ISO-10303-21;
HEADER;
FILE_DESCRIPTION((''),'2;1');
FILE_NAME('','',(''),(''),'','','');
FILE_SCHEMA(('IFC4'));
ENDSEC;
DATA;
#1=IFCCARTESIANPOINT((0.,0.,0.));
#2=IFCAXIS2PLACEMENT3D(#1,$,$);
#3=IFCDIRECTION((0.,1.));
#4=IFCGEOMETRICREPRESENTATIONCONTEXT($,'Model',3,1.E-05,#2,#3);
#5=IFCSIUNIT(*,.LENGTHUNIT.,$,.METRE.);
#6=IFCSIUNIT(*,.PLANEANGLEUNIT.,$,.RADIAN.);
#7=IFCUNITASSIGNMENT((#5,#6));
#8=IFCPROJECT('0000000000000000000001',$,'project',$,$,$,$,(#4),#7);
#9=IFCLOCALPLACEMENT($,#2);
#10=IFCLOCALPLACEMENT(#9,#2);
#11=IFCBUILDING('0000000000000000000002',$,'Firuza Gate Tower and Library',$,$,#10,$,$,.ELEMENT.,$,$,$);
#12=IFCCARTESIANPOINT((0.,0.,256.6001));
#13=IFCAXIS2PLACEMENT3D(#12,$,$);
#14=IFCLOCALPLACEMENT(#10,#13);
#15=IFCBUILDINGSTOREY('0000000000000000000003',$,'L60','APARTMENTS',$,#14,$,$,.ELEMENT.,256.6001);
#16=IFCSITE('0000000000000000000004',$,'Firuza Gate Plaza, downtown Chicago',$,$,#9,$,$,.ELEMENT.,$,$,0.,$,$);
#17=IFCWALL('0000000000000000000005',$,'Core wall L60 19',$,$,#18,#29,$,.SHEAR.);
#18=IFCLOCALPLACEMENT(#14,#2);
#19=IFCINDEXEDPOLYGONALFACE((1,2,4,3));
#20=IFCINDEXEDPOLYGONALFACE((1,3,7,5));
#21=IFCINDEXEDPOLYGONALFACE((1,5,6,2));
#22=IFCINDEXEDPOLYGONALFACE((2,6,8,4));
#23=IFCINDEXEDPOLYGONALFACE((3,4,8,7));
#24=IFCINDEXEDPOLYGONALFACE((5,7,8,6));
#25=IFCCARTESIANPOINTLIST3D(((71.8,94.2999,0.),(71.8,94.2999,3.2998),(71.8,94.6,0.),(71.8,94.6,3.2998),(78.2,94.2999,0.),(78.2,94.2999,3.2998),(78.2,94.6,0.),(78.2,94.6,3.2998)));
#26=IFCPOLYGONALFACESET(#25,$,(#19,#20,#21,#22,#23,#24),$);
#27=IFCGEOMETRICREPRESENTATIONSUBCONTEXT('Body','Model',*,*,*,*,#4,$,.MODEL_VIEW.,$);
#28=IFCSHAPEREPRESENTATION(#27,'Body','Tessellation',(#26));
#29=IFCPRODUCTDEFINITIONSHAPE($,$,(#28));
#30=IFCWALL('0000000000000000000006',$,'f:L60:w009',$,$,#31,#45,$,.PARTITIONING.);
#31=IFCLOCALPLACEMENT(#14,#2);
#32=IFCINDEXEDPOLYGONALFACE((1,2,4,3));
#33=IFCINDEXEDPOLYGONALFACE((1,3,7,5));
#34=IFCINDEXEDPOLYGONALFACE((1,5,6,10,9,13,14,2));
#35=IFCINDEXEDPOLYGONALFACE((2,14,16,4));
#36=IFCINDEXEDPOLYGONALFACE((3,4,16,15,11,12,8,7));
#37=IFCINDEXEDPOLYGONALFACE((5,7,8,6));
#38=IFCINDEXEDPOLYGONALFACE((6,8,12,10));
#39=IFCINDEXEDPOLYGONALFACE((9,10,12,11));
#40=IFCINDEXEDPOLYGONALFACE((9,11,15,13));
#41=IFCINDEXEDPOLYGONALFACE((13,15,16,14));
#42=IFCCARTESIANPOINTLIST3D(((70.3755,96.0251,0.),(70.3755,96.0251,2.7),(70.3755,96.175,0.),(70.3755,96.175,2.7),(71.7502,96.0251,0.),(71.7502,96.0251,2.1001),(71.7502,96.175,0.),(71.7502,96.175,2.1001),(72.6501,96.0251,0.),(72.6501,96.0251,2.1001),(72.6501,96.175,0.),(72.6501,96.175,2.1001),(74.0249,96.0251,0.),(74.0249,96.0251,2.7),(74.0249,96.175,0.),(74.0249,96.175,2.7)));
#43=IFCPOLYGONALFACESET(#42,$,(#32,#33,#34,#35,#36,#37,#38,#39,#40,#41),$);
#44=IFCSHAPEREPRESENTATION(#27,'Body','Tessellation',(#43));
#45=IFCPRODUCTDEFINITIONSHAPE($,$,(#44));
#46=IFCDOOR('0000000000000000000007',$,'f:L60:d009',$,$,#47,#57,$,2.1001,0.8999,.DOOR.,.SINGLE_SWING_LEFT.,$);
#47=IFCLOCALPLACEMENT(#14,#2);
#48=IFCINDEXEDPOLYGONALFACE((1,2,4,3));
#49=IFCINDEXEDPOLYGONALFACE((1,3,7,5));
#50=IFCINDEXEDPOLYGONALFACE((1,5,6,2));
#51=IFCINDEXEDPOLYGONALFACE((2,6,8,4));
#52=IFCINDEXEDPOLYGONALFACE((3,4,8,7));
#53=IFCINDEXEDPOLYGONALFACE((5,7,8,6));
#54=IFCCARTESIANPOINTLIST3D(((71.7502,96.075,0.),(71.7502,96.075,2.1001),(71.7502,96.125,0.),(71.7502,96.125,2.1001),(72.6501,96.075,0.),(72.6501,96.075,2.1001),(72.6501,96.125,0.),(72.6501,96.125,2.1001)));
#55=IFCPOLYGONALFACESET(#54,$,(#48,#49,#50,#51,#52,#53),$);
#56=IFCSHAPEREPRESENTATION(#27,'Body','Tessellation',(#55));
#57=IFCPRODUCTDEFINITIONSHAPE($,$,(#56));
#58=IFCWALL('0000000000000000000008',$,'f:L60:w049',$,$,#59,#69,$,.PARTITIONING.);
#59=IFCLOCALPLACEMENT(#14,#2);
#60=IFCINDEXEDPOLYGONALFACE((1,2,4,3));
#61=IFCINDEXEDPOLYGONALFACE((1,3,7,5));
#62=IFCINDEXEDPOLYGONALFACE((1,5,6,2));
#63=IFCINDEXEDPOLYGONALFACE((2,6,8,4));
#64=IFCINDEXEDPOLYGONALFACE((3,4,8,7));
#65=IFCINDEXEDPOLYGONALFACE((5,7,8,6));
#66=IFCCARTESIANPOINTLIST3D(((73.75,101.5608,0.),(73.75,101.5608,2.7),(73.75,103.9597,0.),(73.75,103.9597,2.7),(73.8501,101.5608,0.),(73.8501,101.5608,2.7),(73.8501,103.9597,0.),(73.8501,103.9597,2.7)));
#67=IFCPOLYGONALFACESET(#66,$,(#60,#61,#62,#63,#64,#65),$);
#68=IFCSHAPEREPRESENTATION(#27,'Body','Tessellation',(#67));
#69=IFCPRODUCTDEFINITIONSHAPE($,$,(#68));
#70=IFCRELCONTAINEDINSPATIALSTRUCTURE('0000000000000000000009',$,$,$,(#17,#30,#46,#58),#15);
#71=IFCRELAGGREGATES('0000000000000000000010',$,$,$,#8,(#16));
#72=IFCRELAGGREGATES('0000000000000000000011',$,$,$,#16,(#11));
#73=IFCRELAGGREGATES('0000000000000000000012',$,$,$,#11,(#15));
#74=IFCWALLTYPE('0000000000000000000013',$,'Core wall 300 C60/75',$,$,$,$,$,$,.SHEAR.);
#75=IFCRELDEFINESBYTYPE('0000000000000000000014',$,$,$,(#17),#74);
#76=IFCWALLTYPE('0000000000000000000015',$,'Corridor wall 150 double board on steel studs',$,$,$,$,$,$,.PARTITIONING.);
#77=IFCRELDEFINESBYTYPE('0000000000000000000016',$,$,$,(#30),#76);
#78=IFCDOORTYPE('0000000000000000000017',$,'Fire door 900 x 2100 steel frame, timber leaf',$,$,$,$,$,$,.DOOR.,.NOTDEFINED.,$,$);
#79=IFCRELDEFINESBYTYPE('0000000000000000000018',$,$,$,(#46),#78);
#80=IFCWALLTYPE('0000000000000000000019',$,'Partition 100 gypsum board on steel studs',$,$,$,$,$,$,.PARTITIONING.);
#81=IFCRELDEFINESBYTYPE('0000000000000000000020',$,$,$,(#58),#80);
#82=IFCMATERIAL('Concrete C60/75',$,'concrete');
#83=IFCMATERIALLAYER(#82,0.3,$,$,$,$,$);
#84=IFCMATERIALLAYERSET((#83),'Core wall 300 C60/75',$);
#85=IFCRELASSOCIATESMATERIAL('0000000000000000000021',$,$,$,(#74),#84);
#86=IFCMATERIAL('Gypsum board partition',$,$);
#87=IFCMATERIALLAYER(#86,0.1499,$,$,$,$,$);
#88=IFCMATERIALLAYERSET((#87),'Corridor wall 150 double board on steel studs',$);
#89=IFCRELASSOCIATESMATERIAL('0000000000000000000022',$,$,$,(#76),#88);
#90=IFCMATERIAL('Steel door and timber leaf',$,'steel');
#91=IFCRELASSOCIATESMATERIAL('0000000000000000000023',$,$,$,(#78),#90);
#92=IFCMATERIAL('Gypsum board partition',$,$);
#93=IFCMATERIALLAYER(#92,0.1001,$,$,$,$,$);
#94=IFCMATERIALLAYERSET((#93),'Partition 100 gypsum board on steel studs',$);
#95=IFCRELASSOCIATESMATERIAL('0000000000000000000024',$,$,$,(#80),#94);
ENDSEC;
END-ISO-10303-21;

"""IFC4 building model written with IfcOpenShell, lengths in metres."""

from ifc_helpers import new_model, si_unit, direction, frame, frame_2d, origin, place, context, subcontext, project, spatial, rectangle, extrude, material, layer, layer_set, type_object, element, fill, save


model = new_model("IFC4")

# Units and contexts
model_context = context("Model", 3, precision=1e-05, world=origin(), true_north=direction((0.0, 1.0)))
body_context = subcontext(model_context, "Body", "Model", "MODEL_VIEW")
ifc_project = project(units=[si_unit("LENGTHUNIT", "METRE"), si_unit("PLANEANGLEUNIT", "RADIAN")], contexts=[model_context])

# Site, building, storey
site_placement = place(None, origin())
site = spatial("IfcSite", under=ifc_project, at=site_placement, Name="Firuza Gate Plaza, downtown Chicago", CompositionType="ELEMENT", RefElevation=0.0)
building_placement = place(site_placement, origin())
building = spatial("IfcBuilding", under=site, at=building_placement, Name="Firuza Gate Tower and Library", CompositionType="ELEMENT")
storey_placement = place(building_placement, frame((0.0, 0.0, 256.6001)))
storey = spatial("IfcBuildingStorey", under=building, at=storey_placement, Name="L60", Description="APARTMENTS", CompositionType="ELEMENT", Elevation=256.6001)

# Wall
ifc_material_1 = material(Name="Concrete C60/75", Category="concrete")
ifc_layer_1 = layer(ifc_material_1, 0.3)
ifc_layer_set_1 = layer_set([ifc_layer_1], Name="Core wall 300 C60/75")
wall_type_1 = type_object("IfcWallType", Name="Core wall 300 C60/75", PredefinedType="SHEAR", material=ifc_layer_set_1)
wall_1_placement = place(storey_placement, frame((71.8, 94.45, 0.0), z_axis=(0.0, 0.0, 1.0), x_axis=(1.0, 0.0, 0.0)))
element("IfcWall", 1, at=wall_1_placement, inside=storey, type_object=wall_type_1, Name="Core wall L60 19", PredefinedType="SHEAR", context=body_context, shape_type="SweptSolid", body=[
    extrude(rectangle(XDim=6.3999, YDim=0.3, at=frame_2d((3.2, 0.0))), origin(), (0.0, 0.0, 1.0), 3.2998),
])

# Wall, opening, door
ifc_material_2 = material(Name="Gypsum board partition")
ifc_layer_2 = layer(ifc_material_2, 0.1499)
ifc_layer_set_2 = layer_set([ifc_layer_2], Name="Corridor wall 150 double board on steel studs")
wall_type_2 = type_object("IfcWallType", Name="Corridor wall 150 double board on steel studs", PredefinedType="PARTITIONING", material=ifc_layer_set_2)
wall_2_placement = place(storey_placement, frame((70.3755, 96.1001, 0.0), z_axis=(0.0, 0.0, 1.0), x_axis=(1.0, 0.0, 0.0)))
wall_2 = element("IfcWall", 2, at=wall_2_placement, inside=storey, type_object=wall_type_2, Name="f:L60:w009", PredefinedType="PARTITIONING", context=body_context, shape_type="SweptSolid", body=[
    extrude(rectangle(XDim=3.6494, YDim=0.1499, at=frame_2d((1.8247, 0.0))), origin(), (0.0, 0.0, 1.0), 2.7),
])
opening_placement = place(wall_2_placement, frame((1.3748, 0.0, 0.0)))
opening = element("IfcOpeningElement", 3, at=opening_placement, cuts=wall_2, PredefinedType="OPENING", context=body_context, shape_type="SweptSolid", body=[
    extrude(rectangle(XDim=0.8999, YDim=2.1001, at=frame_2d((0.45, 1.05))), frame((0.0, 0.085, 0.0), z_axis=(0.0, -1.0, 0.0), x_axis=(1.0, 0.0, 0.0)), (0.0, 0.0, 1.0), 0.1699),
])
ifc_material_3 = material(Name="Steel door and timber leaf", Category="steel")
door_type = type_object("IfcDoorType", Name="Fire door 900 x 2100 steel frame, timber leaf", OperationType="NOTDEFINED", PredefinedType="DOOR", material=ifc_material_3)
door_placement = place(opening_placement, origin())
door = element("IfcDoor", 4, at=door_placement, inside=storey, type_object=door_type, Name="f:L60:d009", OperationType="SINGLE_SWING_LEFT", OverallHeight=2.1001, OverallWidth=0.8999, PredefinedType="DOOR", context=body_context, shape_type="SweptSolid", body=[
    extrude(rectangle(XDim=0.8999, YDim=2.1001, at=frame_2d((0.45, 1.05))), frame((0.0, 0.0249, 0.0), z_axis=(0.0, -1.0, 0.0), x_axis=(1.0, 0.0, 0.0)), (0.0, 0.0, 1.0), 0.05),
])
fill(opening, door)

# Wall
ifc_material_4 = material(Name="Gypsum board partition")
ifc_layer_3 = layer(ifc_material_4, 0.1001)
ifc_layer_set_3 = layer_set([ifc_layer_3], Name="Partition 100 gypsum board on steel studs")
wall_type_3 = type_object("IfcWallType", Name="Partition 100 gypsum board on steel studs", PredefinedType="PARTITIONING", material=ifc_layer_set_3)
wall_3_placement = place(storey_placement, frame((73.8, 101.5608, 0.0), z_axis=(0.0, 0.0, 1.0), x_axis=(0.0, 1.0, 0.0)))
element("IfcWall", 5, at=wall_3_placement, inside=storey, type_object=wall_type_3, Name="f:L60:w049", PredefinedType="PARTITIONING", context=body_context, shape_type="SweptSolid", body=[
    extrude(rectangle(XDim=2.3989, YDim=0.1001, at=frame_2d((1.1995, 0.0))), origin(), (0.0, 0.0, 1.0), 2.7),
])

save(model, "model.ifc")
